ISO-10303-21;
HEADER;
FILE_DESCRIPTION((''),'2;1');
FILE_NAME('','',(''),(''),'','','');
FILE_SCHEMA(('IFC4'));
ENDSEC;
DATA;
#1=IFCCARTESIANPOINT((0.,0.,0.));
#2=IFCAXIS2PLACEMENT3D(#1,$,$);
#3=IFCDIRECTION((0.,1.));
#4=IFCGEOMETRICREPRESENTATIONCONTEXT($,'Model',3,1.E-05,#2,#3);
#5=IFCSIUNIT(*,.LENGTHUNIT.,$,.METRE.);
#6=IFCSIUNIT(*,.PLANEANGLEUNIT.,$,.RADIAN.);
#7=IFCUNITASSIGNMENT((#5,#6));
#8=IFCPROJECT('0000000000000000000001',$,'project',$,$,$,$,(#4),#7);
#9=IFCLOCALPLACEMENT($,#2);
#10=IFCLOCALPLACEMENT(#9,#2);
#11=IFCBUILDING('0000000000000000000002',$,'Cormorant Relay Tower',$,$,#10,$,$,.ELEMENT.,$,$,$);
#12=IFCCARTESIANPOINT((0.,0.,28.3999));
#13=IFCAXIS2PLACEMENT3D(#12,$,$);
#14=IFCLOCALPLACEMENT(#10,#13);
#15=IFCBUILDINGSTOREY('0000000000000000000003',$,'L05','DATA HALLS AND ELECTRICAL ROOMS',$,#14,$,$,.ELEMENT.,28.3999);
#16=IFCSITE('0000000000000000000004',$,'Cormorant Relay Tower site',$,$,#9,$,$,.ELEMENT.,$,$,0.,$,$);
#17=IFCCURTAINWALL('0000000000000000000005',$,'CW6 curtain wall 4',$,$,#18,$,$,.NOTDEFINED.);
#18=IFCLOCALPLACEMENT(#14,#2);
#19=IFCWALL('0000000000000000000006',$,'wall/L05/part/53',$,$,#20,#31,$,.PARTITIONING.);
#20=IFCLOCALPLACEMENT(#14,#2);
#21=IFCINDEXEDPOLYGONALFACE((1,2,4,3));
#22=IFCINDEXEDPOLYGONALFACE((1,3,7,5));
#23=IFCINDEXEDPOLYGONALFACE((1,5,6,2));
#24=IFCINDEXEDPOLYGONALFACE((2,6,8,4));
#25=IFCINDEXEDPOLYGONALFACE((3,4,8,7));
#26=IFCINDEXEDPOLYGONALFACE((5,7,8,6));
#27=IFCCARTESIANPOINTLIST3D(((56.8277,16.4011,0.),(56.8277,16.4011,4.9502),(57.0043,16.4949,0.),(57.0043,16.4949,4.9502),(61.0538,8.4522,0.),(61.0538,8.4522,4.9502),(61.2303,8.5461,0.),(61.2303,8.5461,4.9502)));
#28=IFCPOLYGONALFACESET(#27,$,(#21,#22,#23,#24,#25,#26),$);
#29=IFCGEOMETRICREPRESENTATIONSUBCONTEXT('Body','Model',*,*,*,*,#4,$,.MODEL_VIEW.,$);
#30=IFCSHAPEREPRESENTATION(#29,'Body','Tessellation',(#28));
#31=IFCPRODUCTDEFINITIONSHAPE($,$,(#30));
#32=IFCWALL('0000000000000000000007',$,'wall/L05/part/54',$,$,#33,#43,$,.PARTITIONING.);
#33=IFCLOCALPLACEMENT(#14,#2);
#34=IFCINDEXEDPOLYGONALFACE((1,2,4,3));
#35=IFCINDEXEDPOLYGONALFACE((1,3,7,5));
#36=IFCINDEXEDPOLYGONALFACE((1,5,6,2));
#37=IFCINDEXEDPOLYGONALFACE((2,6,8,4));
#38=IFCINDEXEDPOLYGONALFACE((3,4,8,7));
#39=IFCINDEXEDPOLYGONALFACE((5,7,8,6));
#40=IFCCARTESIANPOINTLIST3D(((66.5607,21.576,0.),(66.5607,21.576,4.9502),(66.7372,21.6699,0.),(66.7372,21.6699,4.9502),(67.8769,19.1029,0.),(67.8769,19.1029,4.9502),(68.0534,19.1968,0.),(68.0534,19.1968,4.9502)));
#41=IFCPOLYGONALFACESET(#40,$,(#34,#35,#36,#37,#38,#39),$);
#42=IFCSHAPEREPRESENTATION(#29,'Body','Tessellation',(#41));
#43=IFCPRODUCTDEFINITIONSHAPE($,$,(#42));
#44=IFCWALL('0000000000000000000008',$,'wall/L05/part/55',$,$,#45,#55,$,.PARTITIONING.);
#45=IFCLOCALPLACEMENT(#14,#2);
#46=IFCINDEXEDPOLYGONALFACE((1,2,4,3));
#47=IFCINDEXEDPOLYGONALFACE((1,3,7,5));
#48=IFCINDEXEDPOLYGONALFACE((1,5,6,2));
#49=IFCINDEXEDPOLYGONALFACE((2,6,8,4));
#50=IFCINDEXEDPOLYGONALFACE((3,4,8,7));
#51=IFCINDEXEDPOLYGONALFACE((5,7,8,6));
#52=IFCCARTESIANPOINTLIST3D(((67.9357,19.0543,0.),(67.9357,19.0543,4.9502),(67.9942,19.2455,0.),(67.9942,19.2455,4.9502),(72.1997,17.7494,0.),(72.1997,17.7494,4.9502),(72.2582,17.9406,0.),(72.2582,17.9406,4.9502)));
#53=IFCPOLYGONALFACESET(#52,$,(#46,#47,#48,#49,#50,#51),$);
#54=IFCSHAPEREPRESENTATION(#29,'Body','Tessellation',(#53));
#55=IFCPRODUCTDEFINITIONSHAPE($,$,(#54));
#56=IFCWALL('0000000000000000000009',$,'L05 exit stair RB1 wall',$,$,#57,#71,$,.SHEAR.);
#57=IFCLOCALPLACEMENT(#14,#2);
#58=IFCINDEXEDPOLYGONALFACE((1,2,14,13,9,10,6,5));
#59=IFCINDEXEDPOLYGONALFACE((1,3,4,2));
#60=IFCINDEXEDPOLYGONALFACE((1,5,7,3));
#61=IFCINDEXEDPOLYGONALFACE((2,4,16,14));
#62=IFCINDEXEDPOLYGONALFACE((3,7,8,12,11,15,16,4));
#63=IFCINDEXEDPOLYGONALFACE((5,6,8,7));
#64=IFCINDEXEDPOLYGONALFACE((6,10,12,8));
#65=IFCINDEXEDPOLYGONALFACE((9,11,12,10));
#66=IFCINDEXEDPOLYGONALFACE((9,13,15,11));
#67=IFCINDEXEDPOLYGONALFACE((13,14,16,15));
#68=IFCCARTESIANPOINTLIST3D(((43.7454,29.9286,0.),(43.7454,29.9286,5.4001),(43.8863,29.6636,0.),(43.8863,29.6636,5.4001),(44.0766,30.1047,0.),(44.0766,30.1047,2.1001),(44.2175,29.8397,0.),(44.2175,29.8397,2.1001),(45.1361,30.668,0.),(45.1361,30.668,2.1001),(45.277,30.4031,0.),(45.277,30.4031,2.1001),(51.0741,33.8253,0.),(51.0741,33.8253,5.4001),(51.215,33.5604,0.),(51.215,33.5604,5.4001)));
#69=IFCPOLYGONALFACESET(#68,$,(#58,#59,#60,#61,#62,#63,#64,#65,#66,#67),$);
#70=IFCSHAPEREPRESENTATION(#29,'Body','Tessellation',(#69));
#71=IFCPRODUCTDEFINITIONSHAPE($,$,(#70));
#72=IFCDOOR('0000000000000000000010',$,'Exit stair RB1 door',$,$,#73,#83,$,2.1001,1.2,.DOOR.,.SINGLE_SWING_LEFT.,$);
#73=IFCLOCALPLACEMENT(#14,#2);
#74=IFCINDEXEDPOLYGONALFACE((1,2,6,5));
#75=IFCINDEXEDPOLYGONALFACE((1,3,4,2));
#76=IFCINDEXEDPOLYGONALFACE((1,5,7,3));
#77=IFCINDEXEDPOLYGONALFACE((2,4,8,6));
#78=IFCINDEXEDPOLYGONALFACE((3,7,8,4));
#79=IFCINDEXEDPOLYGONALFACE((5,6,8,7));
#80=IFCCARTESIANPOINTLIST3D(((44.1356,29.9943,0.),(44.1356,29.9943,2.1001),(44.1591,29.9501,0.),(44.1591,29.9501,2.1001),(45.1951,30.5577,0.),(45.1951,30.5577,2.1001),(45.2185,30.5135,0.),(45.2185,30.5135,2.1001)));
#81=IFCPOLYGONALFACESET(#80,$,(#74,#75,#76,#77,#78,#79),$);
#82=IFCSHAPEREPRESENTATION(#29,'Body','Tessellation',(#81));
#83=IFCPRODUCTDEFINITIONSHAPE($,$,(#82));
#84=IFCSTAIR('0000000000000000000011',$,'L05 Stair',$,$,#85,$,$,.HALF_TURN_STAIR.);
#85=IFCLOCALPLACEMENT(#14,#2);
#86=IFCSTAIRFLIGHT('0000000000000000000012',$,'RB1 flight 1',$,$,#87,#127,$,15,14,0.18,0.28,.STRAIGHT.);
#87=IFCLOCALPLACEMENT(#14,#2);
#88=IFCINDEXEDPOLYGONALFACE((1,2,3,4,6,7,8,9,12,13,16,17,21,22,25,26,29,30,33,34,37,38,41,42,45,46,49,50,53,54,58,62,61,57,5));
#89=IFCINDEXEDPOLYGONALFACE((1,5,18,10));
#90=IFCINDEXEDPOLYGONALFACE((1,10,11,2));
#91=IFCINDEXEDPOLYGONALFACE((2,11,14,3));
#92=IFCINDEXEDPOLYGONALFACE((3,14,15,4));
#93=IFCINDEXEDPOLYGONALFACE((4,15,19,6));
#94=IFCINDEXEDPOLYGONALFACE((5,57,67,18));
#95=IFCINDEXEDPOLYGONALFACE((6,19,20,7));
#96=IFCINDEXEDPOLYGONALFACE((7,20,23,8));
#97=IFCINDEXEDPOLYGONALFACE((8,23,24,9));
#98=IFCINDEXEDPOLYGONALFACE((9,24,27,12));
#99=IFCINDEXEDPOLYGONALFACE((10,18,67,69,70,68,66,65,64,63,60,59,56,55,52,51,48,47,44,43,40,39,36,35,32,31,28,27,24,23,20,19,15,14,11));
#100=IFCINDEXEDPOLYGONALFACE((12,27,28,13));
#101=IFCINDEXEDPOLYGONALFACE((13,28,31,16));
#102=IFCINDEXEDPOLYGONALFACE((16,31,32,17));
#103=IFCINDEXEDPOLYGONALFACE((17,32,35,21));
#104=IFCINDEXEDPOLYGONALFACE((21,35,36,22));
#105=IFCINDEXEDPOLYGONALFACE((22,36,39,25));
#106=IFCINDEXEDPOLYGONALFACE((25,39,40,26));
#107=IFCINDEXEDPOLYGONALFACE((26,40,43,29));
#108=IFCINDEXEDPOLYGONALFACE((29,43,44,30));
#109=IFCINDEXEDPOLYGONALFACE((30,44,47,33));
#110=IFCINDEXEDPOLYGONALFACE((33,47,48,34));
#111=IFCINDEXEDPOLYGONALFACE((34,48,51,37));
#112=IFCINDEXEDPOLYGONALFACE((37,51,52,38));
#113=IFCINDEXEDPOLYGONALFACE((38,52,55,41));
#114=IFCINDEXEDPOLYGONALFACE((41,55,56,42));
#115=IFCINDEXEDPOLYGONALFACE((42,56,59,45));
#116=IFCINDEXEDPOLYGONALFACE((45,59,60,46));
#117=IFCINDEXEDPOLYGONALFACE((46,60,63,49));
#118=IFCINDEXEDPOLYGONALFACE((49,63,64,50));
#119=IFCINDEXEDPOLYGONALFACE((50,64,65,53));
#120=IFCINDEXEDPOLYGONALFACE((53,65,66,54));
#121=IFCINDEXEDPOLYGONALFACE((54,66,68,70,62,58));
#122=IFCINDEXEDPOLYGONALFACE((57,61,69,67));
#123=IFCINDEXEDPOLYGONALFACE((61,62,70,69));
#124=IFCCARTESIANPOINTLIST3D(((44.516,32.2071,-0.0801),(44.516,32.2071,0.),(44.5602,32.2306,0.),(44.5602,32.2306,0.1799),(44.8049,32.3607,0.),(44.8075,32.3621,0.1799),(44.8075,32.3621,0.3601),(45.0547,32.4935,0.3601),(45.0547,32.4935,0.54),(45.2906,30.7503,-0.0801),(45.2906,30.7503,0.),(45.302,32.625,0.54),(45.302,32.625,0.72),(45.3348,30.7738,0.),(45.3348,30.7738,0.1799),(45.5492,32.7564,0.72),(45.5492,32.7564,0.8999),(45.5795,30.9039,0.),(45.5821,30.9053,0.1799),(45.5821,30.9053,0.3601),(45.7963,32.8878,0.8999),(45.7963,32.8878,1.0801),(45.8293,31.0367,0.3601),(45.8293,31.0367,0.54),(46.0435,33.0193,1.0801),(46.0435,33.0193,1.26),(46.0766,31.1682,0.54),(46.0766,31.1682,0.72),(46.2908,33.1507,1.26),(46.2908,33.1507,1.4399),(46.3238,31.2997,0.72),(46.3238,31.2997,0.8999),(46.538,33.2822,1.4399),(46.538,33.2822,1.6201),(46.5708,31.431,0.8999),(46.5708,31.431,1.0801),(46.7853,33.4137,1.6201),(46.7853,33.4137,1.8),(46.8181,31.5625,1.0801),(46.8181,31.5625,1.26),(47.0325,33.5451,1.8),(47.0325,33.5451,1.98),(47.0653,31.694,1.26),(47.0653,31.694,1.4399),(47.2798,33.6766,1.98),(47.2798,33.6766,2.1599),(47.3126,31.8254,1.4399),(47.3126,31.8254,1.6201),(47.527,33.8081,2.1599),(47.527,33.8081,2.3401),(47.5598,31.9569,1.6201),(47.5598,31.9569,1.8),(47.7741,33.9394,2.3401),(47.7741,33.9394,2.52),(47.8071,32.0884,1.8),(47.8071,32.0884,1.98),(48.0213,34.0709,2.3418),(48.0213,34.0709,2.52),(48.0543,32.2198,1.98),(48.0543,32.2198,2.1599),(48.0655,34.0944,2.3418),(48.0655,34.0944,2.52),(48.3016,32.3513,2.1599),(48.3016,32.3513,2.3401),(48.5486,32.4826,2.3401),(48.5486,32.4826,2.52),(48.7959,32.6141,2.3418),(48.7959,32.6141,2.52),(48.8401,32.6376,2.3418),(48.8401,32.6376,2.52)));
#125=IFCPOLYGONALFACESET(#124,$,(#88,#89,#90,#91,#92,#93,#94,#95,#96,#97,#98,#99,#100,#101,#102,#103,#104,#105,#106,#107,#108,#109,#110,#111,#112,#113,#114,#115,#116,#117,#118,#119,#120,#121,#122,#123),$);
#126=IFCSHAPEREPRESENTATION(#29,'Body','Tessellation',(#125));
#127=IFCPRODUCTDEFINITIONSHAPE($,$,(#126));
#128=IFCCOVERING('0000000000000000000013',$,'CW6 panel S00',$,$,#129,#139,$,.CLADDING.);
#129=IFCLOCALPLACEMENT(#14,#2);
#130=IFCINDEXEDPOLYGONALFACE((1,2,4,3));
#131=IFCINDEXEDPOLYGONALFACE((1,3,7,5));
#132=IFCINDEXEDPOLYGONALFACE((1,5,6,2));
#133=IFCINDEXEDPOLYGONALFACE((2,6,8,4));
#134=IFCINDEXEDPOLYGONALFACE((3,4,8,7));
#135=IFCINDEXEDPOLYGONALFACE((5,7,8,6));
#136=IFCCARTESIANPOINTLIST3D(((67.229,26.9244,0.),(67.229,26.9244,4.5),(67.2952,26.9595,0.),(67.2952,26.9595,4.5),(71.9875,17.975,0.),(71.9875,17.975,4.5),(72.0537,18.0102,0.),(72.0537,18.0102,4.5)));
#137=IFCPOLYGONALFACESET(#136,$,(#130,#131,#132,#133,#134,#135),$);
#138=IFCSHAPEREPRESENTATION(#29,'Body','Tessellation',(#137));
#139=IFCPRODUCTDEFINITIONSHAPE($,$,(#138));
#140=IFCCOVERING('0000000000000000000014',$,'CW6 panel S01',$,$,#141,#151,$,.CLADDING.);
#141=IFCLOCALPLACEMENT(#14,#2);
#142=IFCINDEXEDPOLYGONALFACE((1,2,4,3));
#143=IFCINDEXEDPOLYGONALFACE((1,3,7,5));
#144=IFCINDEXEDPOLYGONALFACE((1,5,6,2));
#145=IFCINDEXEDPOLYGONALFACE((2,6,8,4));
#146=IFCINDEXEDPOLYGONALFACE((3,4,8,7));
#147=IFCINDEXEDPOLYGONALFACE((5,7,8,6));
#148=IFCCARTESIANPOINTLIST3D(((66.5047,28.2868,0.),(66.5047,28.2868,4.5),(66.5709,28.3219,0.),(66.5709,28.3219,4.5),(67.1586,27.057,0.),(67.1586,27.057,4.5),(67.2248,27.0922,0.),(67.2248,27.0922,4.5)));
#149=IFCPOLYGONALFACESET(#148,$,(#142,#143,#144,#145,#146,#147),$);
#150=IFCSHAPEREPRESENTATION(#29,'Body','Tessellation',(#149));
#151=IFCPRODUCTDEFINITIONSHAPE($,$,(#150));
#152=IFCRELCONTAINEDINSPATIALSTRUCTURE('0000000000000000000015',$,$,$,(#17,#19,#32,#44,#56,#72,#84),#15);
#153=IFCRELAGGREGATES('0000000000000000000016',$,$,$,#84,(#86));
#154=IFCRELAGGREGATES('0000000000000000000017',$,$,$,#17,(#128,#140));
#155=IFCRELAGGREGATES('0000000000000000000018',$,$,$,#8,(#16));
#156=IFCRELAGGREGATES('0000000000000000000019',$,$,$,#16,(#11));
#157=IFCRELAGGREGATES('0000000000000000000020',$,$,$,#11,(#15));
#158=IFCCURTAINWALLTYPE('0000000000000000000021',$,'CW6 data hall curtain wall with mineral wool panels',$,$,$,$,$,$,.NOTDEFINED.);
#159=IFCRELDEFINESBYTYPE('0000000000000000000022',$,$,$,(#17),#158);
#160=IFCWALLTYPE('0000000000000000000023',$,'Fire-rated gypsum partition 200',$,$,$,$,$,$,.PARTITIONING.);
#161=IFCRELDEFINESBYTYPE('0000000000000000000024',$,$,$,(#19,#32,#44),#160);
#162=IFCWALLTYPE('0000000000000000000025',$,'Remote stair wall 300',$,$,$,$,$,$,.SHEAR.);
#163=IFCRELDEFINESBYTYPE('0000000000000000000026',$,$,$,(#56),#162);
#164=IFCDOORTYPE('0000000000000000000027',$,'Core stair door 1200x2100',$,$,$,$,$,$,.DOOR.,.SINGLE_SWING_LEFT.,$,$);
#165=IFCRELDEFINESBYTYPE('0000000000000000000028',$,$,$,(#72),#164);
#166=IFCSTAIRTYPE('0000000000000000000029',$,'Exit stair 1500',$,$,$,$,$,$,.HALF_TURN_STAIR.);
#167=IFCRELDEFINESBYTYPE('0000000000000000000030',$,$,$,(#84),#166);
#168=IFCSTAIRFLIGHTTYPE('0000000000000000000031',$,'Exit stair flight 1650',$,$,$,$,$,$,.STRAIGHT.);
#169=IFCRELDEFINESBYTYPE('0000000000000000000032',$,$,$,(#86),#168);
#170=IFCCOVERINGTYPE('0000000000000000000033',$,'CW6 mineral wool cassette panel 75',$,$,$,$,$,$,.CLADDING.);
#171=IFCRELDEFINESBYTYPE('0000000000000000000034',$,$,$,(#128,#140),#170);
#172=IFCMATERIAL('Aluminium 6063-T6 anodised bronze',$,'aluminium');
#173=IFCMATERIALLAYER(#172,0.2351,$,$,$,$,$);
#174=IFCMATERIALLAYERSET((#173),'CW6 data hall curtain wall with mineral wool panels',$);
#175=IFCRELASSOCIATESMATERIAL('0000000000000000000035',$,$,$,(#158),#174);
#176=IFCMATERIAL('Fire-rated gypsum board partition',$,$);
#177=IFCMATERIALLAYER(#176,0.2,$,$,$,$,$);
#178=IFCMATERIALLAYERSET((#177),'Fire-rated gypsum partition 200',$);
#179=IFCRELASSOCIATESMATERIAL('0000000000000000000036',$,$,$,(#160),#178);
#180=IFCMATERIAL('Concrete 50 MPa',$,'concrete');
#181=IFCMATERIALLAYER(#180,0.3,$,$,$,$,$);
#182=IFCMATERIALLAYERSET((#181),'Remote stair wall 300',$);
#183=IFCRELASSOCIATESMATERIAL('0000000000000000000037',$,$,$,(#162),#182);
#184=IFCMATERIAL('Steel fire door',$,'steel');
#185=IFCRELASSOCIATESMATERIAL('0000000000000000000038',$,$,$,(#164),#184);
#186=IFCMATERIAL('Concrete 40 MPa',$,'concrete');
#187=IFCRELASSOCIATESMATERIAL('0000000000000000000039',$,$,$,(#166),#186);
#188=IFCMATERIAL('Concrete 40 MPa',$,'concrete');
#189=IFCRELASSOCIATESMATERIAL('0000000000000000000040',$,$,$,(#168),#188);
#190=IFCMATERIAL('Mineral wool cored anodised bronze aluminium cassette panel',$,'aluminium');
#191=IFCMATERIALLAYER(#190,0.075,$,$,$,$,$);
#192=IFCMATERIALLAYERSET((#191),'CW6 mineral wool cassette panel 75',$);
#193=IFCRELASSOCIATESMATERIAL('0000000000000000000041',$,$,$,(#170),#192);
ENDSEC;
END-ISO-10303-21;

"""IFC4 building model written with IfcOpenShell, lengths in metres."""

from ifc_helpers import new_model, si_unit, direction, frame, frame_2d, origin, origin_2d, place, context, subcontext, project, spatial, polyline, rectangle, outline, extrude, material, layer, layer_set, type_object, element, fill, aggregate, save


model = new_model("IFC4")

# Units and contexts
model_context = context("Model", 3, precision=1e-05, world=origin(), true_north=direction((0.0, 1.0)))
body_context = subcontext(model_context, "Body", "Model", "MODEL_VIEW")
ifc_project = project(units=[si_unit("LENGTHUNIT", "METRE"), si_unit("PLANEANGLEUNIT", "RADIAN")], contexts=[model_context])

# Site, building, storey
site_placement = place(None, origin())
site = spatial("IfcSite", under=ifc_project, at=site_placement, Name="Cormorant Relay Tower site", CompositionType="ELEMENT", RefElevation=0.0)
building_placement = place(site_placement, origin())
building = spatial("IfcBuilding", under=site, at=building_placement, Name="Cormorant Relay Tower", CompositionType="ELEMENT")
storey_placement = place(building_placement, frame((0.0, 0.0, 28.3999)))
storey = spatial("IfcBuildingStorey", under=building, at=storey_placement, Name="L05", Description="DATA HALLS AND ELECTRICAL ROOMS", CompositionType="ELEMENT", Elevation=28.3999)

# Curtain wall
ifc_material_1 = material(Name="Aluminium 6063-T6 anodised bronze", Category="aluminium")
ifc_layer_1 = layer(ifc_material_1, 0.2351)
ifc_layer_set_1 = layer_set([ifc_layer_1], Name="CW6 data hall curtain wall with mineral wool panels")
curtain_wall_type = type_object("IfcCurtainWallType", Name="CW6 data hall curtain wall with mineral wool panels", PredefinedType="NOTDEFINED", material=ifc_layer_set_1)
curtain_wall_placement = place(storey_placement, origin())
curtain_wall = element("IfcCurtainWall", 1, at=curtain_wall_placement, inside=storey, type_object=curtain_wall_type, Name="CW6 curtain wall 4", PredefinedType="NOTDEFINED")

# Shared definitions
ifc_material_2 = material(Name="Fire-rated gypsum board partition")
ifc_layer_2 = layer(ifc_material_2, 0.2)
ifc_layer_set_2 = layer_set([ifc_layer_2], Name="Fire-rated gypsum partition 200")
wall_type_1 = type_object("IfcWallType", Name="Fire-rated gypsum partition 200", PredefinedType="PARTITIONING", material=ifc_layer_set_2)

# Walls
wall_1_placement = place(storey_placement, frame((56.916, 16.448, 0.0), z_axis=(0.0, 0.0, 1.0), x_axis=(0.469431, -0.882969, 0.0)))
element("IfcWall", 2, at=wall_1_placement, inside=storey, type_object=wall_type_1, Name="wall/L05/part/53", PredefinedType="PARTITIONING", context=body_context, shape_type="SweptSolid", body=[
    extrude(rectangle(XDim=9.0024, YDim=0.2, at=frame_2d((4.5012, 0.0))), origin(), (0.0, 0.0, 1.0), 4.9502),
])
wall_2_placement = place(storey_placement, frame((66.6489, 21.623, 0.0), z_axis=(0.0, 0.0, 1.0), x_axis=(0.469797, -0.882775, 0.0)))
element("IfcWall", 3, at=wall_2_placement, inside=storey, type_object=wall_type_1, Name="wall/L05/part/54", PredefinedType="PARTITIONING", context=body_context, shape_type="SweptSolid", body=[
    extrude(rectangle(XDim=2.8015, YDim=0.2, at=frame_2d((1.4009, 0.0))), origin(), (0.0, 0.0, 1.0), 4.9502),
])
wall_3_placement = place(storey_placement, frame((67.9651, 19.1499, 0.0), z_axis=(0.0, 0.0, 1.0), x_axis=(0.956222, -0.292643, 0.0)))
element("IfcWall", 4, at=wall_3_placement, inside=storey, type_object=wall_type_1, Name="wall/L05/part/55", PredefinedType="PARTITIONING", context=body_context, shape_type="SweptSolid", body=[
    extrude(rectangle(XDim=4.4592, YDim=0.2, at=frame_2d((2.2295, 0.0))), origin(), (0.0, 0.0, 1.0), 4.9502),
])

# Wall, opening, door
ifc_material_3 = material(Name="Concrete 50 MPa", Category="concrete")
ifc_layer_3 = layer(ifc_material_3, 0.3)
ifc_layer_set_3 = layer_set([ifc_layer_3], Name="Remote stair wall 300")
wall_type_2 = type_object("IfcWallType", Name="Remote stair wall 300", PredefinedType="SHEAR", material=ifc_layer_set_3)
wall_4_placement = place(storey_placement, frame((51.1445, 33.6929, 0.0), z_axis=(0.0, 0.0, 1.0), x_axis=(-0.882946, -0.469475, 0.0)))
wall_4 = element("IfcWall", 5, at=wall_4_placement, inside=storey, type_object=wall_type_2, Name="L05 exit stair RB1 wall", PredefinedType="SHEAR", context=body_context, shape_type="SweptSolid", body=[
    extrude(rectangle(XDim=8.3003, YDim=0.3, at=frame_2d((4.1501, 0.0))), origin(), (0.0, 0.0, 1.0), 5.4001),
])
opening_1_placement = place(wall_4_placement, frame((6.7251, 0.0, 0.0)))
opening_1 = element("IfcOpeningElement", 6, at=opening_1_placement, cuts=wall_4, PredefinedType="OPENING", context=body_context, shape_type="SweptSolid", body=[
    extrude(rectangle(XDim=1.2, YDim=2.1001, at=frame_2d((0.6001, 1.05))), frame((0.0, 0.1599, 0.0), z_axis=(0.0, -1.0, 0.0), x_axis=(1.0, 0.0, 0.0)), (0.0, 0.0, 1.0), 0.3201),
])
ifc_material_4 = material(Name="Steel fire door", Category="steel")
door_type_1 = type_object("IfcDoorType", Name="Core stair door 1200x2100", OperationType="SINGLE_SWING_LEFT", PredefinedType="DOOR", material=ifc_material_4)
door_1_placement = place(opening_1_placement, frame((1.2, 0.0, 0.0), z_axis=(0.0, 0.0, 1.0), x_axis=(-1.0, 0.0, 0.0)))
door_1 = element("IfcDoor", 7, at=door_1_placement, inside=storey, type_object=door_type_1, Name="Exit stair RB1 door", OperationType="SINGLE_SWING_LEFT", OverallHeight=2.1001, OverallWidth=1.2, PredefinedType="DOOR", context=body_context, shape_type="SweptSolid", body=[
    extrude(rectangle(XDim=1.2, YDim=2.1001, at=frame_2d((0.6001, 1.05))), frame((0.0, 0.0249, 0.0), z_axis=(0.0, -1.0, 0.0), x_axis=(1.0, 0.0, 0.0)), (0.0, 0.0, 1.0), 0.05),
])
fill(opening_1, door_1)

# Stair, stair flight
ifc_material_5 = material(Name="Concrete 40 MPa", Category="concrete")
stair_type = type_object("IfcStairType", Name="Exit stair 1500", PredefinedType="HALF_TURN_STAIR", material=ifc_material_5)
stair_placement = place(storey_placement, origin())
stair = element("IfcStair", 8, at=stair_placement, inside=storey, type_object=stair_type, Name="L05 Stair", PredefinedType="HALF_TURN_STAIR")
ifc_material_6 = material(Name="Concrete 40 MPa", Category="concrete")
stair_flight_type = type_object("IfcStairFlightType", Name="Exit stair flight 1650", PredefinedType="STRAIGHT", material=ifc_material_6)
stair_flight_placement = place(storey_placement, frame((44.9475, 31.5022, 0.0), z_axis=(0.0, 0.0, 1.0), x_axis=(0.882948, 0.469472, 0.0)))
stair_flight = element("IfcStairFlight", 9, at=stair_flight_placement, type_object=stair_flight_type, Name="RB1 flight 1", NumberOfRisers=15, NumberOfTreads=14, PredefinedType="STRAIGHT", RiserHeight=0.18, TreadLength=0.28, context=body_context, shape_type="SweptSolid", body=[
    extrude(outline(polyline([(-0.05, -0.0801), (-0.05, 0.0), (0.0, 0.0), (0.0, 0.1799), (0.28, 0.1799), (0.28, 0.3601), (0.5601, 0.3601), (0.5601, 0.54), (0.8401, 0.54), (0.8401, 0.72), (1.1201, 0.72), (1.1201, 0.8999), (1.3999, 0.8999), (1.3999, 1.0801), (1.6799, 1.0801), (1.6799, 1.26), (1.96, 1.26), (1.96, 1.4399), (2.24, 1.4399), (2.24, 1.6201), (2.52, 1.6201), (2.52, 1.8), (2.8, 1.8), (2.8, 1.98), (3.0801, 1.98), (3.0801, 2.1599), (3.3601, 2.1599), (3.3601, 2.3401), (3.6399, 2.3401), (3.6399, 2.52), (3.9199, 2.52), (3.97, 2.52), (3.97, 2.3418), (3.9199, 2.3418), (0.2771, 0.0), (-0.05, -0.0801)])), frame((0.0, 0.825, 0.0), z_axis=(0.0, -1.0, 0.0), x_axis=(1.0, 0.0, 0.0)), (0.0, 0.0, 1.0), 1.6499),
])
aggregate(stair, [stair_flight])

# Coverings
ifc_material_7 = material(Name="Mineral wool cored anodised bronze aluminium cassette panel", Category="aluminium")
ifc_layer_4 = layer(ifc_material_7, 0.075)
ifc_layer_set_4 = layer_set([ifc_layer_4], Name="CW6 mineral wool cassette panel 75")
covering_type = type_object("IfcCoveringType", Name="CW6 mineral wool cassette panel 75", PredefinedType="CLADDING", material=ifc_layer_set_4)
covering_1_placement = place(storey_placement, frame((69.6414, 22.4673, 0.0), z_axis=(0.0, 0.0, 1.0), x_axis=(-0.469472, 0.882948, 0.0)))
covering_1 = element("IfcCovering", 10, at=covering_1_placement, type_object=covering_type, Name="CW6 panel S00", PredefinedType="CLADDING", context=body_context, shape_type="SweptSolid", body=[
    extrude(rectangle(XDim=10.1357, YDim=0.075, at=origin_2d()), origin(), (0.0, 0.0, 1.0), 4.5),
])
covering_2_placement = place(storey_placement, frame((66.8647, 27.6895, 0.0), z_axis=(0.0, 0.0, 1.0), x_axis=(-0.469472, 0.882948, 0.0)))
covering_2 = element("IfcCovering", 11, at=covering_2_placement, type_object=covering_type, Name="CW6 panel S01", PredefinedType="CLADDING", context=body_context, shape_type="SweptSolid", body=[
    extrude(rectangle(XDim=1.3928, YDim=0.075, at=origin_2d()), origin(), (0.0, 0.0, 1.0), 4.5),
])
aggregate(curtain_wall, [covering_1, covering_2])

save(model, "model.ifc")
